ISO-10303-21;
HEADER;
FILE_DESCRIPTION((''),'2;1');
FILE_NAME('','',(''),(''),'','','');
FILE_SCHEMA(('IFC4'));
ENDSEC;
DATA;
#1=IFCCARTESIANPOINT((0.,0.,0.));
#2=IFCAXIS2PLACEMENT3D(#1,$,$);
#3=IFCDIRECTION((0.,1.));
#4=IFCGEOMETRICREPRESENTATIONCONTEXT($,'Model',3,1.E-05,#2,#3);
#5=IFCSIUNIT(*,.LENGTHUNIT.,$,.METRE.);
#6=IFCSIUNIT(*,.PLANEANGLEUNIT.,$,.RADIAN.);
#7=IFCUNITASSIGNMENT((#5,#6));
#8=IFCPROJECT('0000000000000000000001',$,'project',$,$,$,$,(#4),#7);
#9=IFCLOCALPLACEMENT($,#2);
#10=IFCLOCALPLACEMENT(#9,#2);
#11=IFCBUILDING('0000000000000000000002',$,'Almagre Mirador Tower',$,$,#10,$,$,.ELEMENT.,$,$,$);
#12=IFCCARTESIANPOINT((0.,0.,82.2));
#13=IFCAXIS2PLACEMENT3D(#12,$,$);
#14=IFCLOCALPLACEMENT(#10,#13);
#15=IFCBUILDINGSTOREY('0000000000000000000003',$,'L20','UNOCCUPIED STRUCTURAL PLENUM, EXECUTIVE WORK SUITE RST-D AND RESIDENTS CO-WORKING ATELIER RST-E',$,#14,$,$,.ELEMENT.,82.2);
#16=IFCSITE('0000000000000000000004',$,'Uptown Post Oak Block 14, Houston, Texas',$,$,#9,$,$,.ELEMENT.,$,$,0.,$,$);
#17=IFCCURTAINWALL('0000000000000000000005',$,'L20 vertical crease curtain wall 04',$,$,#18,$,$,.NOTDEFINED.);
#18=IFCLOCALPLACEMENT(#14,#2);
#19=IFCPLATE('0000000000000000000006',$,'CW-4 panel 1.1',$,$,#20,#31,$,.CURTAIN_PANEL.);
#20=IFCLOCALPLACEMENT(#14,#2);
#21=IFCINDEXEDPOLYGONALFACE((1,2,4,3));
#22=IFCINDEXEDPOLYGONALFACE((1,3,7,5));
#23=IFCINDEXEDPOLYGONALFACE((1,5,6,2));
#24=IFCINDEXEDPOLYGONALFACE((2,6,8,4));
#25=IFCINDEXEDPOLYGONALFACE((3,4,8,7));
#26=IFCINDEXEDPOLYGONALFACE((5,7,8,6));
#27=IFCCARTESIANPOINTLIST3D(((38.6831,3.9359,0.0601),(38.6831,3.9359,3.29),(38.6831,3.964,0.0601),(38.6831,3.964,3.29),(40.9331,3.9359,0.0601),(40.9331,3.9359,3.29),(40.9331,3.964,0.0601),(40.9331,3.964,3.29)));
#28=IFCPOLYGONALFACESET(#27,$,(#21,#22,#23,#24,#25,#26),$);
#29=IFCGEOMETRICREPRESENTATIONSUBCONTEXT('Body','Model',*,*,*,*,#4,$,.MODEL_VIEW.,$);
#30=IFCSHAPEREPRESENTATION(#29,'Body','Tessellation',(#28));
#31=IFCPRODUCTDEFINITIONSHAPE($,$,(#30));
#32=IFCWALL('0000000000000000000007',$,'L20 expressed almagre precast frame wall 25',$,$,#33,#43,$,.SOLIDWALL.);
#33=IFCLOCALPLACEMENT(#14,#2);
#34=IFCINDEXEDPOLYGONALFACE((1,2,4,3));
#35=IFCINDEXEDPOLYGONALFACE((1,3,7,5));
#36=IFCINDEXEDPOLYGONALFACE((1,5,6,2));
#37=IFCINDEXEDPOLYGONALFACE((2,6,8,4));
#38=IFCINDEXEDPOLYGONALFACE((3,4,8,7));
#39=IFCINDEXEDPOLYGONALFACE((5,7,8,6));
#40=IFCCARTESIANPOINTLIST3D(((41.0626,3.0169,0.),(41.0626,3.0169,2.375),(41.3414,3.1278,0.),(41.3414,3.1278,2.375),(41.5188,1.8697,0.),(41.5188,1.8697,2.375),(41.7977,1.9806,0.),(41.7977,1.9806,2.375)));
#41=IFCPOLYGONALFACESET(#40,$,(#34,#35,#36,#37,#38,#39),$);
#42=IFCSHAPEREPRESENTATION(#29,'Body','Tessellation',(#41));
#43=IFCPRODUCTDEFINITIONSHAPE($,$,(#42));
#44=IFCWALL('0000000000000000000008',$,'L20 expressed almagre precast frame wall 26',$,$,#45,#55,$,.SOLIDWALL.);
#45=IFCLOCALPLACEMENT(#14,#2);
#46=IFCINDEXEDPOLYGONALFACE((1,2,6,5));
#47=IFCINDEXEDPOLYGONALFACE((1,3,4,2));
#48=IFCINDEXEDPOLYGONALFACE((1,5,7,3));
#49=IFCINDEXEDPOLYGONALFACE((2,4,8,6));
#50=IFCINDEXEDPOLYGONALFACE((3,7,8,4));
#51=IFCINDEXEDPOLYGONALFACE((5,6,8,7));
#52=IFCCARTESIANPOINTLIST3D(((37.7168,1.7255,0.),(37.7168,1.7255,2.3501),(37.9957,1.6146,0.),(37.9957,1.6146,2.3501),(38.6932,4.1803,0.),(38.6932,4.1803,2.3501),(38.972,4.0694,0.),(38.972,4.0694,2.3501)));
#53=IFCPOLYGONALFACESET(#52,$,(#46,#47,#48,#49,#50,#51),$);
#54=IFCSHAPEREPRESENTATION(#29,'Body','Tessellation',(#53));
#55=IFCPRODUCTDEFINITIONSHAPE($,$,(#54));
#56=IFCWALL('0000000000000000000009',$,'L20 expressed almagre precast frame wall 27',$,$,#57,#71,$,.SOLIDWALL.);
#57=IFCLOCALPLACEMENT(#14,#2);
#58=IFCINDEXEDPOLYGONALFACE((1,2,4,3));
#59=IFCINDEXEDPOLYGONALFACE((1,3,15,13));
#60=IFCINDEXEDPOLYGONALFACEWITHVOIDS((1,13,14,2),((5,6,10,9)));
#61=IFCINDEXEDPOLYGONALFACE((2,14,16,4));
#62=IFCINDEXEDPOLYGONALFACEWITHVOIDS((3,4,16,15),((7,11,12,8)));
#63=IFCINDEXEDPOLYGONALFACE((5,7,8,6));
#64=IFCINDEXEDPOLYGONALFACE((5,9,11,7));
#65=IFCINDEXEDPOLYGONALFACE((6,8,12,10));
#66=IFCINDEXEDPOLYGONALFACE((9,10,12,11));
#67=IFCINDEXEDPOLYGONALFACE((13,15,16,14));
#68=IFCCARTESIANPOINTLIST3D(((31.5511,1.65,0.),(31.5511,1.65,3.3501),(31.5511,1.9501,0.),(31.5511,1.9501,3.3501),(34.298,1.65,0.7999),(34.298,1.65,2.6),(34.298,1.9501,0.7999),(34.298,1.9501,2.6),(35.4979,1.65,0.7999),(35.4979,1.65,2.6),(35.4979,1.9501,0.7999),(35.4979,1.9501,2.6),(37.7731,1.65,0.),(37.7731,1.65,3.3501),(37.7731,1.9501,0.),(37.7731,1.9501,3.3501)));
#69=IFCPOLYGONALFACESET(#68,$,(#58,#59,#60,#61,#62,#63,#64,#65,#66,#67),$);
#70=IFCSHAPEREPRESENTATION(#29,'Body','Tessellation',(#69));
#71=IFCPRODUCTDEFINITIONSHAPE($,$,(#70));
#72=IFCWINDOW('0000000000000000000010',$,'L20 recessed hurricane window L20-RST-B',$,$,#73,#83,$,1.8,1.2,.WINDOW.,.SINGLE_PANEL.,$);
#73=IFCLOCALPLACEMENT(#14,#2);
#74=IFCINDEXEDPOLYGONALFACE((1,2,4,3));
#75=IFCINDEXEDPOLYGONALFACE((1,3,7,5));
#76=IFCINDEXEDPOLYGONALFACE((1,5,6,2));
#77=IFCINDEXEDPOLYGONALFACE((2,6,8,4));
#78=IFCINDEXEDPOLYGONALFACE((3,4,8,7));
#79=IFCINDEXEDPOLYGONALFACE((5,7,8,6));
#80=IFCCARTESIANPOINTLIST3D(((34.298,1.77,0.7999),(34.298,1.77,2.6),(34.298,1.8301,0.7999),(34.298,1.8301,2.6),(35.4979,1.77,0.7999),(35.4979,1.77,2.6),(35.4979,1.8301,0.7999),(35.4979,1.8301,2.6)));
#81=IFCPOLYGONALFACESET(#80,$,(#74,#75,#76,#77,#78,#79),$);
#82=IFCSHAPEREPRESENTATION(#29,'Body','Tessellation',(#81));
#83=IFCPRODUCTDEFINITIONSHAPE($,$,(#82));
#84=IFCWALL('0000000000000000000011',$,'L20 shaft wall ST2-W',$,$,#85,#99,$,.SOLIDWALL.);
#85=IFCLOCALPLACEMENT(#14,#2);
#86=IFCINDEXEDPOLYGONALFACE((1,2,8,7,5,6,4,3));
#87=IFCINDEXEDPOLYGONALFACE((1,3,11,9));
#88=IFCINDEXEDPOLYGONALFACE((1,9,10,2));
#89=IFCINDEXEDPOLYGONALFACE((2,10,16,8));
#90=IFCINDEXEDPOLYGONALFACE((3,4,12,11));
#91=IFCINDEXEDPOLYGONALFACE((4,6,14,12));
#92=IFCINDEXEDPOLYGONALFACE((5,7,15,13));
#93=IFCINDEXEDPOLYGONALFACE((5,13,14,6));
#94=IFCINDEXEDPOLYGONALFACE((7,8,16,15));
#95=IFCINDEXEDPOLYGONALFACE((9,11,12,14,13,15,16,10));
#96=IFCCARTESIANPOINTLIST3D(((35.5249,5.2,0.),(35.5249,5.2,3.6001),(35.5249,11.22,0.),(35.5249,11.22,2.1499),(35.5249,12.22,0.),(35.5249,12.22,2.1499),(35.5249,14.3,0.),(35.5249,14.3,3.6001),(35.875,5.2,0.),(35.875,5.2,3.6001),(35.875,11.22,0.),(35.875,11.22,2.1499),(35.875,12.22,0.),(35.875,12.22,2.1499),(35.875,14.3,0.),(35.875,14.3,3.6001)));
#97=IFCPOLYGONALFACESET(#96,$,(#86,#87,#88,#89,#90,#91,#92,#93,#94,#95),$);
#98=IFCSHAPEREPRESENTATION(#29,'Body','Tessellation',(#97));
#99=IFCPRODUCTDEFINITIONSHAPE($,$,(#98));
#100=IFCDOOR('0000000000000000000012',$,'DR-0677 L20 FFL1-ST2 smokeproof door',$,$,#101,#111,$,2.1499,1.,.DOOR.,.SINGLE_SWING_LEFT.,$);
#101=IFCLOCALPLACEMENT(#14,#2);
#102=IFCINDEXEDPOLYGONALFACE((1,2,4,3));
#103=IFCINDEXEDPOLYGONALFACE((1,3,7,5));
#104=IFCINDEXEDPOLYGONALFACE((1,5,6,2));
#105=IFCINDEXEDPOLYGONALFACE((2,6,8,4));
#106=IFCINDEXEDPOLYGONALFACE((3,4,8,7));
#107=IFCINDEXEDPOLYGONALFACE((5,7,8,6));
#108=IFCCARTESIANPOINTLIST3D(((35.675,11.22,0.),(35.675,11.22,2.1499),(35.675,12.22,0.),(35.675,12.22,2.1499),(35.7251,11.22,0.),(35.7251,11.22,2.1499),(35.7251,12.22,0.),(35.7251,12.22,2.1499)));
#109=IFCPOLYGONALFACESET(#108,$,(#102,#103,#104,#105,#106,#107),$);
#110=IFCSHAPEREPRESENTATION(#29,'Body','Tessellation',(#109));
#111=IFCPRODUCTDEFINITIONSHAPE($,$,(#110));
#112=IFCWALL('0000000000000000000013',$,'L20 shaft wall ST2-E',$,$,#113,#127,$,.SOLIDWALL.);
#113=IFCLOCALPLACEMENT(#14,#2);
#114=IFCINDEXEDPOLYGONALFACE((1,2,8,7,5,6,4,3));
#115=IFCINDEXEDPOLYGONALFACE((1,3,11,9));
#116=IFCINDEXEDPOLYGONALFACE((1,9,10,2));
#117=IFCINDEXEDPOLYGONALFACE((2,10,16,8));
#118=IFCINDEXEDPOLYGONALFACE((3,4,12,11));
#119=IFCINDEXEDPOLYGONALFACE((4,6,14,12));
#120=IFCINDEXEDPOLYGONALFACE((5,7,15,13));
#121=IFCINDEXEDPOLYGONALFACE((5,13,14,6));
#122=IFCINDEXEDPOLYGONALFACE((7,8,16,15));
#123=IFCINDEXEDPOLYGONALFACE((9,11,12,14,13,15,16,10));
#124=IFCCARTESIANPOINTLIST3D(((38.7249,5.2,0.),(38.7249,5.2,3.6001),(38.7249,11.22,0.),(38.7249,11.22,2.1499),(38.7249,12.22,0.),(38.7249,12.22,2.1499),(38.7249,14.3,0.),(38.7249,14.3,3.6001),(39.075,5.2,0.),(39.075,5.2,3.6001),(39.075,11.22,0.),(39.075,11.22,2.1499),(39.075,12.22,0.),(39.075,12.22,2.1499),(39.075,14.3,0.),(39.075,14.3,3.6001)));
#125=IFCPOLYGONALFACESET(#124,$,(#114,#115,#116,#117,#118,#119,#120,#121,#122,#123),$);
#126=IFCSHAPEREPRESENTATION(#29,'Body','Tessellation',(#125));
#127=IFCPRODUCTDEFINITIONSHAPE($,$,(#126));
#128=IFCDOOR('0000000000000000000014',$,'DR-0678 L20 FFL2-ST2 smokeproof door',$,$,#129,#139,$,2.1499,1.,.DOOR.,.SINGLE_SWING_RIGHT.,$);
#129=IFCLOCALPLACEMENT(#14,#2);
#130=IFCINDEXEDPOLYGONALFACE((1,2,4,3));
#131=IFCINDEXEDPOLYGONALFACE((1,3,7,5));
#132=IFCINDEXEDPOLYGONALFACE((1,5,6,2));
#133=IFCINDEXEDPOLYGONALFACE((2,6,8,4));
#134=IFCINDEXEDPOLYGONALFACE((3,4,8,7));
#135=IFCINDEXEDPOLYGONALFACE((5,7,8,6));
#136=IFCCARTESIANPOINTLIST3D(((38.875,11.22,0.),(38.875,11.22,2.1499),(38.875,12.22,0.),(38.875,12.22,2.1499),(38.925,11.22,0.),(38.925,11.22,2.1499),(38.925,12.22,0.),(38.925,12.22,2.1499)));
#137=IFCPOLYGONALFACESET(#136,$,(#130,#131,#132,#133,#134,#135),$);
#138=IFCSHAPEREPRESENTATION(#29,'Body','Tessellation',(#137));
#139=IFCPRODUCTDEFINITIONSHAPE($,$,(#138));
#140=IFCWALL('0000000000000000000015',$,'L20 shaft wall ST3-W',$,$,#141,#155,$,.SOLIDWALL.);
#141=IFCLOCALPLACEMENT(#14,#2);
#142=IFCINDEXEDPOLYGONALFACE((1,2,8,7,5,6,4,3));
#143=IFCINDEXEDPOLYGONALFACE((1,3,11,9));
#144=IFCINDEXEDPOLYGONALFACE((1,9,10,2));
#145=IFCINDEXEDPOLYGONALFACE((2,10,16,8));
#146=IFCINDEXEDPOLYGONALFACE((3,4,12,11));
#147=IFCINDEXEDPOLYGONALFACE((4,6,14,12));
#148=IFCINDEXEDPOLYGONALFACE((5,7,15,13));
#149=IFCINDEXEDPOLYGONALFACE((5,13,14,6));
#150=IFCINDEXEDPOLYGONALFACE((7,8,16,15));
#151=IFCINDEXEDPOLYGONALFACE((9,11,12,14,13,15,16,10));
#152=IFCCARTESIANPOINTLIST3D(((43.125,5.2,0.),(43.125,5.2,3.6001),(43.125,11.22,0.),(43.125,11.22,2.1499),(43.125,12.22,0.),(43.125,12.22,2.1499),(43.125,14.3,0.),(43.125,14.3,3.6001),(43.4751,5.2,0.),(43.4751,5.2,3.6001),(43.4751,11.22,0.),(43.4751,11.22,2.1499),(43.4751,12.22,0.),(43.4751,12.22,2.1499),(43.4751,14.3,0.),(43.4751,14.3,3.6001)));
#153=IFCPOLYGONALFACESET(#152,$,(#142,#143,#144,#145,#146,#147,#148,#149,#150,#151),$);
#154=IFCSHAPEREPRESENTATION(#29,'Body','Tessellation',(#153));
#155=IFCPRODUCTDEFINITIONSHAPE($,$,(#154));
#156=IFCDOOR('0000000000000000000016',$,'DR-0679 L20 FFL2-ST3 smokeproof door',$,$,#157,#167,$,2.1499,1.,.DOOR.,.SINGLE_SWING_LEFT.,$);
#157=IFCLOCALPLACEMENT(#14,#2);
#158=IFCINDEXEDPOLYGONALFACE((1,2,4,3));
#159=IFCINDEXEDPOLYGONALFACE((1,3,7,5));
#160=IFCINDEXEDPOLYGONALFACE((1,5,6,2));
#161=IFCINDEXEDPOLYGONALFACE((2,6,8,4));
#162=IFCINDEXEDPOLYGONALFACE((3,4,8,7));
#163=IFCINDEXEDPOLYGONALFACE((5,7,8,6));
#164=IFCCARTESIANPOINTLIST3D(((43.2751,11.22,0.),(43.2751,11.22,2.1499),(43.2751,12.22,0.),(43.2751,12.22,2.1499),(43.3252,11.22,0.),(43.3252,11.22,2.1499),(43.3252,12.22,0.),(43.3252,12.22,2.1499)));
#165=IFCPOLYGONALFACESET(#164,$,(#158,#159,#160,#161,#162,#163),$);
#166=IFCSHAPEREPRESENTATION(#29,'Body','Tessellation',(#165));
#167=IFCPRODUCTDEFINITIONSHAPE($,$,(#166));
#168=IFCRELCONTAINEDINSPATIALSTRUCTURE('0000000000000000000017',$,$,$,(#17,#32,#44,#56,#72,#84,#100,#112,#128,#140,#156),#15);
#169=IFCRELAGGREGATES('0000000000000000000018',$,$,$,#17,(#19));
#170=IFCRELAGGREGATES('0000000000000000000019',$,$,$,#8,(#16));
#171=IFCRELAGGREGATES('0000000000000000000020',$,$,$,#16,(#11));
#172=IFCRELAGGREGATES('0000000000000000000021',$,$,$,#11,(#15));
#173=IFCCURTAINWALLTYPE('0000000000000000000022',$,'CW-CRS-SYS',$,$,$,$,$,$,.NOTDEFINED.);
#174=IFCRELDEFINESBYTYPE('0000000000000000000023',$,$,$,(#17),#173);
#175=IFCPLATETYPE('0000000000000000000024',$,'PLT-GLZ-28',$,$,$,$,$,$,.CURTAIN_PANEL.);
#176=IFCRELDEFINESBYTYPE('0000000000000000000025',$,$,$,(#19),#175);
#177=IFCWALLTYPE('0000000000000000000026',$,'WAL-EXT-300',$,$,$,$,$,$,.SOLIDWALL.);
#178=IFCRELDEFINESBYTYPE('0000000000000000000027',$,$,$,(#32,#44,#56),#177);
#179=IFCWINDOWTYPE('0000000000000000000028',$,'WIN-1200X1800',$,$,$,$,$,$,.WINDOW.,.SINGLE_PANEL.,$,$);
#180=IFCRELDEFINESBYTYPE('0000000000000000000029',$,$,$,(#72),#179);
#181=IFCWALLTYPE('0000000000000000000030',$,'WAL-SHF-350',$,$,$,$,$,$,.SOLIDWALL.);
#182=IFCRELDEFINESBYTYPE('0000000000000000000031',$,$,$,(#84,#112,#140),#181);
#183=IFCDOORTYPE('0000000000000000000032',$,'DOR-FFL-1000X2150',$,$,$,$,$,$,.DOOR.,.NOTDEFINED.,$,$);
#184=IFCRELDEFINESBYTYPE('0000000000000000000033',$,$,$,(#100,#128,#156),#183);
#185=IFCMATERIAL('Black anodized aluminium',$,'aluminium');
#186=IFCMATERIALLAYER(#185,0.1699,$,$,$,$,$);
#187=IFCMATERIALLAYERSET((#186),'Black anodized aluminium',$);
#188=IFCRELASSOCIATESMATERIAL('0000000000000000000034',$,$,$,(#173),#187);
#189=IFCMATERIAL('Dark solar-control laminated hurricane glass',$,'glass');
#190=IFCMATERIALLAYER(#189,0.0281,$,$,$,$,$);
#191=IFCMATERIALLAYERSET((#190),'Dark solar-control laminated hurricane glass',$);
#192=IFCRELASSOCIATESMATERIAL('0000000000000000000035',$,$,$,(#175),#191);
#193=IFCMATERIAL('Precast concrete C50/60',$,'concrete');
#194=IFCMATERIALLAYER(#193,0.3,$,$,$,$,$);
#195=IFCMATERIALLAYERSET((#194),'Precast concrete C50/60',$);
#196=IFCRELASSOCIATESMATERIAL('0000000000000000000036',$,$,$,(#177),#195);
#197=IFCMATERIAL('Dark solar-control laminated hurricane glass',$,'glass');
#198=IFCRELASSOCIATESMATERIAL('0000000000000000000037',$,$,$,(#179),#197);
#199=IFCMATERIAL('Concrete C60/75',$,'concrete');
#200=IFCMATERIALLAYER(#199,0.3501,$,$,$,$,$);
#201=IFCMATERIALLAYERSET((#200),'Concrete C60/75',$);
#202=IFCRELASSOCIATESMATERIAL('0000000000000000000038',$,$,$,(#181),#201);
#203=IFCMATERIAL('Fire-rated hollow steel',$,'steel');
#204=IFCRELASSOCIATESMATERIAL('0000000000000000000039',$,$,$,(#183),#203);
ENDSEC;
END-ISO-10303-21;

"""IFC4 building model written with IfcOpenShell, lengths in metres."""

from ifc_helpers import new_model, si_unit, direction, frame, frame_2d, origin, origin_2d, place, context, subcontext, project, spatial, rectangle, extrude, material, layer, layer_set, type_object, element, fill, aggregate, save


model = new_model("IFC4")

# Units and contexts
model_context = context("Model", 3, precision=1e-05, world=origin(), true_north=direction((0.0, 1.0)))
body_context = subcontext(model_context, "Body", "Model", "MODEL_VIEW")
ifc_project = project(units=[si_unit("LENGTHUNIT", "METRE"), si_unit("PLANEANGLEUNIT", "RADIAN")], contexts=[model_context])

# Site, building, storey
site_placement = place(None, origin())
site = spatial("IfcSite", under=ifc_project, at=site_placement, Name="Uptown Post Oak Block 14, Houston, Texas", CompositionType="ELEMENT", RefElevation=0.0)
building_placement = place(site_placement, origin())
building = spatial("IfcBuilding", under=site, at=building_placement, Name="Almagre Mirador Tower", CompositionType="ELEMENT")
storey_placement = place(building_placement, frame((0.0, 0.0, 82.2)))
storey = spatial("IfcBuildingStorey", under=building, at=storey_placement, Name="L20", Description="UNOCCUPIED STRUCTURAL PLENUM, EXECUTIVE WORK SUITE RST-D AND RESIDENTS CO-WORKING ATELIER RST-E", CompositionType="ELEMENT", Elevation=82.2)

# Curtain wall, plate
ifc_material_1 = material(Name="Black anodized aluminium", Category="aluminium")
ifc_layer_1 = layer(ifc_material_1, 0.1699)
ifc_layer_set_1 = layer_set([ifc_layer_1], Name="Black anodized aluminium")
curtain_wall_type = type_object("IfcCurtainWallType", Name="CW-CRS-SYS", PredefinedType="NOTDEFINED", material=ifc_layer_set_1)
curtain_wall_placement = place(storey_placement, origin())
curtain_wall = element("IfcCurtainWall", 1, at=curtain_wall_placement, inside=storey, type_object=curtain_wall_type, Name="L20 vertical crease curtain wall 04", PredefinedType="NOTDEFINED")
ifc_material_2 = material(Name="Dark solar-control laminated hurricane glass", Category="glass")
ifc_layer_2 = layer(ifc_material_2, 0.0281)
ifc_layer_set_2 = layer_set([ifc_layer_2], Name="Dark solar-control laminated hurricane glass")
plate_type = type_object("IfcPlateType", Name="PLT-GLZ-28", PredefinedType="CURTAIN_PANEL", material=ifc_layer_set_2)
plate_placement = place(storey_placement, frame((39.8081, 3.95, 0.0601), z_axis=(0.0, 0.0, 1.0), x_axis=(-1.0, 0.0, 0.0)))
plate = element("IfcPlate", 2, at=plate_placement, type_object=plate_type, Name="CW-4 panel 1.1", PredefinedType="CURTAIN_PANEL", context=body_context, shape_type="SweptSolid", body=[
    extrude(rectangle(XDim=2.25, YDim=0.0281, at=origin_2d()), origin(), (0.0, 0.0, 1.0), 3.23),
])
aggregate(curtain_wall, [plate])

# Walls
ifc_material_3 = material(Name="Precast concrete C50/60", Category="concrete")
ifc_layer_3 = layer(ifc_material_3, 0.3)
ifc_layer_set_3 = layer_set([ifc_layer_3], Name="Precast concrete C50/60")
wall_type_1 = type_object("IfcWallType", Name="WAL-EXT-300", PredefinedType="SOLIDWALL", material=ifc_layer_set_3)
wall_1_placement = place(storey_placement, frame((41.6582, 1.9253, 0.0), z_axis=(0.0, 0.0, 1.0), x_axis=(-0.369583, 0.929198, 0.0)))
element("IfcWall", 3, at=wall_1_placement, inside=storey, type_object=wall_type_1, Name="L20 expressed almagre precast frame wall 25", PredefinedType="SOLIDWALL", context=body_context, shape_type="SweptSolid", body=[
    extrude(rectangle(XDim=1.2346, YDim=0.3, at=frame_2d((0.6172, 0.0))), origin(), (0.0, 0.0, 1.0), 2.375),
])
wall_2_placement = place(storey_placement, frame((38.8325, 4.1248, 0.0), z_axis=(0.0, 0.0, 1.0), x_axis=(-0.369558, -0.929208, 0.0)))
element("IfcWall", 4, at=wall_2_placement, inside=storey, type_object=wall_type_1, Name="L20 expressed almagre precast frame wall 26", PredefinedType="SOLIDWALL", context=body_context, shape_type="SweptSolid", body=[
    extrude(rectangle(XDim=2.6418, YDim=0.3, at=frame_2d((1.3208, 0.0))), origin(), (0.0, 0.0, 1.0), 2.3501),
])

# Wall, opening, window
wall_3_placement = place(storey_placement, frame((37.7729, 1.8, 0.0), z_axis=(0.0, 0.0, 1.0), x_axis=(-1.0, 0.0, 0.0)))
wall_3 = element("IfcWall", 5, at=wall_3_placement, inside=storey, type_object=wall_type_1, Name="L20 expressed almagre precast frame wall 27", PredefinedType="SOLIDWALL", context=body_context, shape_type="SweptSolid", body=[
    extrude(rectangle(XDim=6.2219, YDim=0.3, at=frame_2d((3.1108, 0.0))), origin(), (0.0, 0.0, 1.0), 3.3501),
])
opening_1_placement = place(wall_3_placement, frame((2.2749, 0.0, 0.8)))
opening_1 = element("IfcOpeningElement", 6, at=opening_1_placement, cuts=wall_3, PredefinedType="OPENING", context=body_context, shape_type="SweptSolid", body=[
    extrude(rectangle(XDim=1.2, YDim=1.8, at=frame_2d((0.6001, 0.8999))), frame((0.0, 0.1599, 0.0), z_axis=(0.0, -1.0, 0.0), x_axis=(1.0, 0.0, 0.0)), (0.0, 0.0, 1.0), 0.32),
])
ifc_material_4 = material(Name="Dark solar-control laminated hurricane glass", Category="glass")
window_type = type_object("IfcWindowType", Name="WIN-1200X1800", PartitioningType="SINGLE_PANEL", PredefinedType="WINDOW", material=ifc_material_4)
window_placement = place(opening_1_placement, origin())
window = element("IfcWindow", 7, at=window_placement, inside=storey, type_object=window_type, Name="L20 recessed hurricane window L20-RST-B", OverallHeight=1.8, OverallWidth=1.2, PartitioningType="SINGLE_PANEL", PredefinedType="WINDOW", context=body_context, shape_type="SweptSolid", body=[
    extrude(rectangle(XDim=1.2, YDim=1.8, at=frame_2d((0.6001, 0.8999))), frame((0.0, 0.03, 0.0), z_axis=(0.0, -1.0, 0.0), x_axis=(1.0, 0.0, 0.0)), (0.0, 0.0, 1.0), 0.0601),
])
fill(opening_1, window)

# Walls, openings, doors
ifc_material_5 = material(Name="Concrete C60/75", Category="concrete")
ifc_layer_4 = layer(ifc_material_5, 0.3501)
ifc_layer_set_4 = layer_set([ifc_layer_4], Name="Concrete C60/75")
wall_type_2 = type_object("IfcWallType", Name="WAL-SHF-350", PredefinedType="SOLIDWALL", material=ifc_layer_set_4)
wall_4_placement = place(storey_placement, frame((35.7, 5.2, 0.0), z_axis=(0.0, 0.0, 1.0), x_axis=(0.0, 1.0, 0.0)))
wall_4 = element("IfcWall", 8, at=wall_4_placement, inside=storey, type_object=wall_type_2, Name="L20 shaft wall ST2-W", PredefinedType="SOLIDWALL", context=body_context, shape_type="SweptSolid", body=[
    extrude(rectangle(XDim=9.1001, YDim=0.3501, at=frame_2d((4.55, 0.0))), origin(), (0.0, 0.0, 1.0), 3.6001),
])
opening_2_placement = place(wall_4_placement, frame((6.02, 0.0, 0.0)))
opening_2 = element("IfcOpeningElement", 9, at=opening_2_placement, cuts=wall_4, PredefinedType="OPENING", context=body_context, shape_type="SweptSolid", body=[
    extrude(rectangle(XDim=1.0, YDim=2.1499, at=frame_2d((0.5, 1.075))), frame((0.0, 0.185, 0.0), z_axis=(0.0, -1.0, 0.0), x_axis=(1.0, 0.0, 0.0)), (0.0, 0.0, 1.0), 0.3701),
])
ifc_material_6 = material(Name="Fire-rated hollow steel", Category="steel")
door_type = type_object("IfcDoorType", Name="DOR-FFL-1000X2150", OperationType="NOTDEFINED", PredefinedType="DOOR", material=ifc_material_6)
door_1_placement = place(opening_2_placement, origin())
door_1 = element("IfcDoor", 10, at=door_1_placement, inside=storey, type_object=door_type, Name="DR-0677 L20 FFL1-ST2 smokeproof door", OperationType="SINGLE_SWING_LEFT", OverallHeight=2.1499, OverallWidth=1.0, PredefinedType="DOOR", context=body_context, shape_type="SweptSolid", body=[
    extrude(rectangle(XDim=1.0, YDim=2.1499, at=frame_2d((0.5, 1.075))), frame((0.0, 0.0249, 0.0), z_axis=(0.0, -1.0, 0.0), x_axis=(1.0, 0.0, 0.0)), (0.0, 0.0, 1.0), 0.05),
])
fill(opening_2, door_1)
wall_5_placement = place(storey_placement, frame((38.8999, 5.2, 0.0), z_axis=(0.0, 0.0, 1.0), x_axis=(0.0, 1.0, 0.0)))
wall_5 = element("IfcWall", 11, at=wall_5_placement, inside=storey, type_object=wall_type_2, Name="L20 shaft wall ST2-E", PredefinedType="SOLIDWALL", context=body_context, shape_type="SweptSolid", body=[
    extrude(rectangle(XDim=9.1001, YDim=0.3501, at=frame_2d((4.55, 0.0))), origin(), (0.0, 0.0, 1.0), 3.6001),
])
opening_3_placement = place(wall_5_placement, frame((6.02, 0.0, 0.0)))
opening_3 = element("IfcOpeningElement", 12, at=opening_3_placement, cuts=wall_5, PredefinedType="OPENING", context=body_context, shape_type="SweptSolid", body=[
    extrude(rectangle(XDim=1.0, YDim=2.1499, at=frame_2d((0.5, 1.075))), frame((0.0, 0.185, 0.0), z_axis=(0.0, -1.0, 0.0), x_axis=(1.0, 0.0, 0.0)), (0.0, 0.0, 1.0), 0.3701),
])
door_2_placement = place(opening_3_placement, origin())
door_2 = element("IfcDoor", 13, at=door_2_placement, inside=storey, type_object=door_type, Name="DR-0678 L20 FFL2-ST2 smokeproof door", OperationType="SINGLE_SWING_RIGHT", OverallHeight=2.1499, OverallWidth=1.0, PredefinedType="DOOR", context=body_context, shape_type="SweptSolid", body=[
    extrude(rectangle(XDim=1.0, YDim=2.1499, at=frame_2d((0.5, 1.075))), frame((0.0, 0.0249, 0.0), z_axis=(0.0, -1.0, 0.0), x_axis=(1.0, 0.0, 0.0)), (0.0, 0.0, 1.0), 0.05),
])
fill(opening_3, door_2)
wall_6_placement = place(storey_placement, frame((43.3, 5.2, 0.0), z_axis=(0.0, 0.0, 1.0), x_axis=(0.0, 1.0, 0.0)))
wall_6 = element("IfcWall", 14, at=wall_6_placement, inside=storey, type_object=wall_type_2, Name="L20 shaft wall ST3-W", PredefinedType="SOLIDWALL", context=body_context, shape_type="SweptSolid", body=[
    extrude(rectangle(XDim=9.1001, YDim=0.3501, at=frame_2d((4.55, 0.0))), origin(), (0.0, 0.0, 1.0), 3.6001),
])
opening_4_placement = place(wall_6_placement, frame((6.02, 0.0, 0.0)))
opening_4 = element("IfcOpeningElement", 15, at=opening_4_placement, cuts=wall_6, PredefinedType="OPENING", context=body_context, shape_type="SweptSolid", body=[
    extrude(rectangle(XDim=1.0, YDim=2.1499, at=frame_2d((0.5, 1.075))), frame((0.0, 0.185, 0.0), z_axis=(0.0, -1.0, 0.0), x_axis=(1.0, 0.0, 0.0)), (0.0, 0.0, 1.0), 0.3701),
])
door_3_placement = place(opening_4_placement, origin())
door_3 = element("IfcDoor", 16, at=door_3_placement, inside=storey, type_object=door_type, Name="DR-0679 L20 FFL2-ST3 smokeproof door", OperationType="SINGLE_SWING_LEFT", OverallHeight=2.1499, OverallWidth=1.0, PredefinedType="DOOR", context=body_context, shape_type="SweptSolid", body=[
    extrude(rectangle(XDim=1.0, YDim=2.1499, at=frame_2d((0.5, 1.075))), frame((0.0, 0.0249, 0.0), z_axis=(0.0, -1.0, 0.0), x_axis=(1.0, 0.0, 0.0)), (0.0, 0.0, 1.0), 0.05),
])
fill(opening_4, door_3)

save(model, "model.ifc")
